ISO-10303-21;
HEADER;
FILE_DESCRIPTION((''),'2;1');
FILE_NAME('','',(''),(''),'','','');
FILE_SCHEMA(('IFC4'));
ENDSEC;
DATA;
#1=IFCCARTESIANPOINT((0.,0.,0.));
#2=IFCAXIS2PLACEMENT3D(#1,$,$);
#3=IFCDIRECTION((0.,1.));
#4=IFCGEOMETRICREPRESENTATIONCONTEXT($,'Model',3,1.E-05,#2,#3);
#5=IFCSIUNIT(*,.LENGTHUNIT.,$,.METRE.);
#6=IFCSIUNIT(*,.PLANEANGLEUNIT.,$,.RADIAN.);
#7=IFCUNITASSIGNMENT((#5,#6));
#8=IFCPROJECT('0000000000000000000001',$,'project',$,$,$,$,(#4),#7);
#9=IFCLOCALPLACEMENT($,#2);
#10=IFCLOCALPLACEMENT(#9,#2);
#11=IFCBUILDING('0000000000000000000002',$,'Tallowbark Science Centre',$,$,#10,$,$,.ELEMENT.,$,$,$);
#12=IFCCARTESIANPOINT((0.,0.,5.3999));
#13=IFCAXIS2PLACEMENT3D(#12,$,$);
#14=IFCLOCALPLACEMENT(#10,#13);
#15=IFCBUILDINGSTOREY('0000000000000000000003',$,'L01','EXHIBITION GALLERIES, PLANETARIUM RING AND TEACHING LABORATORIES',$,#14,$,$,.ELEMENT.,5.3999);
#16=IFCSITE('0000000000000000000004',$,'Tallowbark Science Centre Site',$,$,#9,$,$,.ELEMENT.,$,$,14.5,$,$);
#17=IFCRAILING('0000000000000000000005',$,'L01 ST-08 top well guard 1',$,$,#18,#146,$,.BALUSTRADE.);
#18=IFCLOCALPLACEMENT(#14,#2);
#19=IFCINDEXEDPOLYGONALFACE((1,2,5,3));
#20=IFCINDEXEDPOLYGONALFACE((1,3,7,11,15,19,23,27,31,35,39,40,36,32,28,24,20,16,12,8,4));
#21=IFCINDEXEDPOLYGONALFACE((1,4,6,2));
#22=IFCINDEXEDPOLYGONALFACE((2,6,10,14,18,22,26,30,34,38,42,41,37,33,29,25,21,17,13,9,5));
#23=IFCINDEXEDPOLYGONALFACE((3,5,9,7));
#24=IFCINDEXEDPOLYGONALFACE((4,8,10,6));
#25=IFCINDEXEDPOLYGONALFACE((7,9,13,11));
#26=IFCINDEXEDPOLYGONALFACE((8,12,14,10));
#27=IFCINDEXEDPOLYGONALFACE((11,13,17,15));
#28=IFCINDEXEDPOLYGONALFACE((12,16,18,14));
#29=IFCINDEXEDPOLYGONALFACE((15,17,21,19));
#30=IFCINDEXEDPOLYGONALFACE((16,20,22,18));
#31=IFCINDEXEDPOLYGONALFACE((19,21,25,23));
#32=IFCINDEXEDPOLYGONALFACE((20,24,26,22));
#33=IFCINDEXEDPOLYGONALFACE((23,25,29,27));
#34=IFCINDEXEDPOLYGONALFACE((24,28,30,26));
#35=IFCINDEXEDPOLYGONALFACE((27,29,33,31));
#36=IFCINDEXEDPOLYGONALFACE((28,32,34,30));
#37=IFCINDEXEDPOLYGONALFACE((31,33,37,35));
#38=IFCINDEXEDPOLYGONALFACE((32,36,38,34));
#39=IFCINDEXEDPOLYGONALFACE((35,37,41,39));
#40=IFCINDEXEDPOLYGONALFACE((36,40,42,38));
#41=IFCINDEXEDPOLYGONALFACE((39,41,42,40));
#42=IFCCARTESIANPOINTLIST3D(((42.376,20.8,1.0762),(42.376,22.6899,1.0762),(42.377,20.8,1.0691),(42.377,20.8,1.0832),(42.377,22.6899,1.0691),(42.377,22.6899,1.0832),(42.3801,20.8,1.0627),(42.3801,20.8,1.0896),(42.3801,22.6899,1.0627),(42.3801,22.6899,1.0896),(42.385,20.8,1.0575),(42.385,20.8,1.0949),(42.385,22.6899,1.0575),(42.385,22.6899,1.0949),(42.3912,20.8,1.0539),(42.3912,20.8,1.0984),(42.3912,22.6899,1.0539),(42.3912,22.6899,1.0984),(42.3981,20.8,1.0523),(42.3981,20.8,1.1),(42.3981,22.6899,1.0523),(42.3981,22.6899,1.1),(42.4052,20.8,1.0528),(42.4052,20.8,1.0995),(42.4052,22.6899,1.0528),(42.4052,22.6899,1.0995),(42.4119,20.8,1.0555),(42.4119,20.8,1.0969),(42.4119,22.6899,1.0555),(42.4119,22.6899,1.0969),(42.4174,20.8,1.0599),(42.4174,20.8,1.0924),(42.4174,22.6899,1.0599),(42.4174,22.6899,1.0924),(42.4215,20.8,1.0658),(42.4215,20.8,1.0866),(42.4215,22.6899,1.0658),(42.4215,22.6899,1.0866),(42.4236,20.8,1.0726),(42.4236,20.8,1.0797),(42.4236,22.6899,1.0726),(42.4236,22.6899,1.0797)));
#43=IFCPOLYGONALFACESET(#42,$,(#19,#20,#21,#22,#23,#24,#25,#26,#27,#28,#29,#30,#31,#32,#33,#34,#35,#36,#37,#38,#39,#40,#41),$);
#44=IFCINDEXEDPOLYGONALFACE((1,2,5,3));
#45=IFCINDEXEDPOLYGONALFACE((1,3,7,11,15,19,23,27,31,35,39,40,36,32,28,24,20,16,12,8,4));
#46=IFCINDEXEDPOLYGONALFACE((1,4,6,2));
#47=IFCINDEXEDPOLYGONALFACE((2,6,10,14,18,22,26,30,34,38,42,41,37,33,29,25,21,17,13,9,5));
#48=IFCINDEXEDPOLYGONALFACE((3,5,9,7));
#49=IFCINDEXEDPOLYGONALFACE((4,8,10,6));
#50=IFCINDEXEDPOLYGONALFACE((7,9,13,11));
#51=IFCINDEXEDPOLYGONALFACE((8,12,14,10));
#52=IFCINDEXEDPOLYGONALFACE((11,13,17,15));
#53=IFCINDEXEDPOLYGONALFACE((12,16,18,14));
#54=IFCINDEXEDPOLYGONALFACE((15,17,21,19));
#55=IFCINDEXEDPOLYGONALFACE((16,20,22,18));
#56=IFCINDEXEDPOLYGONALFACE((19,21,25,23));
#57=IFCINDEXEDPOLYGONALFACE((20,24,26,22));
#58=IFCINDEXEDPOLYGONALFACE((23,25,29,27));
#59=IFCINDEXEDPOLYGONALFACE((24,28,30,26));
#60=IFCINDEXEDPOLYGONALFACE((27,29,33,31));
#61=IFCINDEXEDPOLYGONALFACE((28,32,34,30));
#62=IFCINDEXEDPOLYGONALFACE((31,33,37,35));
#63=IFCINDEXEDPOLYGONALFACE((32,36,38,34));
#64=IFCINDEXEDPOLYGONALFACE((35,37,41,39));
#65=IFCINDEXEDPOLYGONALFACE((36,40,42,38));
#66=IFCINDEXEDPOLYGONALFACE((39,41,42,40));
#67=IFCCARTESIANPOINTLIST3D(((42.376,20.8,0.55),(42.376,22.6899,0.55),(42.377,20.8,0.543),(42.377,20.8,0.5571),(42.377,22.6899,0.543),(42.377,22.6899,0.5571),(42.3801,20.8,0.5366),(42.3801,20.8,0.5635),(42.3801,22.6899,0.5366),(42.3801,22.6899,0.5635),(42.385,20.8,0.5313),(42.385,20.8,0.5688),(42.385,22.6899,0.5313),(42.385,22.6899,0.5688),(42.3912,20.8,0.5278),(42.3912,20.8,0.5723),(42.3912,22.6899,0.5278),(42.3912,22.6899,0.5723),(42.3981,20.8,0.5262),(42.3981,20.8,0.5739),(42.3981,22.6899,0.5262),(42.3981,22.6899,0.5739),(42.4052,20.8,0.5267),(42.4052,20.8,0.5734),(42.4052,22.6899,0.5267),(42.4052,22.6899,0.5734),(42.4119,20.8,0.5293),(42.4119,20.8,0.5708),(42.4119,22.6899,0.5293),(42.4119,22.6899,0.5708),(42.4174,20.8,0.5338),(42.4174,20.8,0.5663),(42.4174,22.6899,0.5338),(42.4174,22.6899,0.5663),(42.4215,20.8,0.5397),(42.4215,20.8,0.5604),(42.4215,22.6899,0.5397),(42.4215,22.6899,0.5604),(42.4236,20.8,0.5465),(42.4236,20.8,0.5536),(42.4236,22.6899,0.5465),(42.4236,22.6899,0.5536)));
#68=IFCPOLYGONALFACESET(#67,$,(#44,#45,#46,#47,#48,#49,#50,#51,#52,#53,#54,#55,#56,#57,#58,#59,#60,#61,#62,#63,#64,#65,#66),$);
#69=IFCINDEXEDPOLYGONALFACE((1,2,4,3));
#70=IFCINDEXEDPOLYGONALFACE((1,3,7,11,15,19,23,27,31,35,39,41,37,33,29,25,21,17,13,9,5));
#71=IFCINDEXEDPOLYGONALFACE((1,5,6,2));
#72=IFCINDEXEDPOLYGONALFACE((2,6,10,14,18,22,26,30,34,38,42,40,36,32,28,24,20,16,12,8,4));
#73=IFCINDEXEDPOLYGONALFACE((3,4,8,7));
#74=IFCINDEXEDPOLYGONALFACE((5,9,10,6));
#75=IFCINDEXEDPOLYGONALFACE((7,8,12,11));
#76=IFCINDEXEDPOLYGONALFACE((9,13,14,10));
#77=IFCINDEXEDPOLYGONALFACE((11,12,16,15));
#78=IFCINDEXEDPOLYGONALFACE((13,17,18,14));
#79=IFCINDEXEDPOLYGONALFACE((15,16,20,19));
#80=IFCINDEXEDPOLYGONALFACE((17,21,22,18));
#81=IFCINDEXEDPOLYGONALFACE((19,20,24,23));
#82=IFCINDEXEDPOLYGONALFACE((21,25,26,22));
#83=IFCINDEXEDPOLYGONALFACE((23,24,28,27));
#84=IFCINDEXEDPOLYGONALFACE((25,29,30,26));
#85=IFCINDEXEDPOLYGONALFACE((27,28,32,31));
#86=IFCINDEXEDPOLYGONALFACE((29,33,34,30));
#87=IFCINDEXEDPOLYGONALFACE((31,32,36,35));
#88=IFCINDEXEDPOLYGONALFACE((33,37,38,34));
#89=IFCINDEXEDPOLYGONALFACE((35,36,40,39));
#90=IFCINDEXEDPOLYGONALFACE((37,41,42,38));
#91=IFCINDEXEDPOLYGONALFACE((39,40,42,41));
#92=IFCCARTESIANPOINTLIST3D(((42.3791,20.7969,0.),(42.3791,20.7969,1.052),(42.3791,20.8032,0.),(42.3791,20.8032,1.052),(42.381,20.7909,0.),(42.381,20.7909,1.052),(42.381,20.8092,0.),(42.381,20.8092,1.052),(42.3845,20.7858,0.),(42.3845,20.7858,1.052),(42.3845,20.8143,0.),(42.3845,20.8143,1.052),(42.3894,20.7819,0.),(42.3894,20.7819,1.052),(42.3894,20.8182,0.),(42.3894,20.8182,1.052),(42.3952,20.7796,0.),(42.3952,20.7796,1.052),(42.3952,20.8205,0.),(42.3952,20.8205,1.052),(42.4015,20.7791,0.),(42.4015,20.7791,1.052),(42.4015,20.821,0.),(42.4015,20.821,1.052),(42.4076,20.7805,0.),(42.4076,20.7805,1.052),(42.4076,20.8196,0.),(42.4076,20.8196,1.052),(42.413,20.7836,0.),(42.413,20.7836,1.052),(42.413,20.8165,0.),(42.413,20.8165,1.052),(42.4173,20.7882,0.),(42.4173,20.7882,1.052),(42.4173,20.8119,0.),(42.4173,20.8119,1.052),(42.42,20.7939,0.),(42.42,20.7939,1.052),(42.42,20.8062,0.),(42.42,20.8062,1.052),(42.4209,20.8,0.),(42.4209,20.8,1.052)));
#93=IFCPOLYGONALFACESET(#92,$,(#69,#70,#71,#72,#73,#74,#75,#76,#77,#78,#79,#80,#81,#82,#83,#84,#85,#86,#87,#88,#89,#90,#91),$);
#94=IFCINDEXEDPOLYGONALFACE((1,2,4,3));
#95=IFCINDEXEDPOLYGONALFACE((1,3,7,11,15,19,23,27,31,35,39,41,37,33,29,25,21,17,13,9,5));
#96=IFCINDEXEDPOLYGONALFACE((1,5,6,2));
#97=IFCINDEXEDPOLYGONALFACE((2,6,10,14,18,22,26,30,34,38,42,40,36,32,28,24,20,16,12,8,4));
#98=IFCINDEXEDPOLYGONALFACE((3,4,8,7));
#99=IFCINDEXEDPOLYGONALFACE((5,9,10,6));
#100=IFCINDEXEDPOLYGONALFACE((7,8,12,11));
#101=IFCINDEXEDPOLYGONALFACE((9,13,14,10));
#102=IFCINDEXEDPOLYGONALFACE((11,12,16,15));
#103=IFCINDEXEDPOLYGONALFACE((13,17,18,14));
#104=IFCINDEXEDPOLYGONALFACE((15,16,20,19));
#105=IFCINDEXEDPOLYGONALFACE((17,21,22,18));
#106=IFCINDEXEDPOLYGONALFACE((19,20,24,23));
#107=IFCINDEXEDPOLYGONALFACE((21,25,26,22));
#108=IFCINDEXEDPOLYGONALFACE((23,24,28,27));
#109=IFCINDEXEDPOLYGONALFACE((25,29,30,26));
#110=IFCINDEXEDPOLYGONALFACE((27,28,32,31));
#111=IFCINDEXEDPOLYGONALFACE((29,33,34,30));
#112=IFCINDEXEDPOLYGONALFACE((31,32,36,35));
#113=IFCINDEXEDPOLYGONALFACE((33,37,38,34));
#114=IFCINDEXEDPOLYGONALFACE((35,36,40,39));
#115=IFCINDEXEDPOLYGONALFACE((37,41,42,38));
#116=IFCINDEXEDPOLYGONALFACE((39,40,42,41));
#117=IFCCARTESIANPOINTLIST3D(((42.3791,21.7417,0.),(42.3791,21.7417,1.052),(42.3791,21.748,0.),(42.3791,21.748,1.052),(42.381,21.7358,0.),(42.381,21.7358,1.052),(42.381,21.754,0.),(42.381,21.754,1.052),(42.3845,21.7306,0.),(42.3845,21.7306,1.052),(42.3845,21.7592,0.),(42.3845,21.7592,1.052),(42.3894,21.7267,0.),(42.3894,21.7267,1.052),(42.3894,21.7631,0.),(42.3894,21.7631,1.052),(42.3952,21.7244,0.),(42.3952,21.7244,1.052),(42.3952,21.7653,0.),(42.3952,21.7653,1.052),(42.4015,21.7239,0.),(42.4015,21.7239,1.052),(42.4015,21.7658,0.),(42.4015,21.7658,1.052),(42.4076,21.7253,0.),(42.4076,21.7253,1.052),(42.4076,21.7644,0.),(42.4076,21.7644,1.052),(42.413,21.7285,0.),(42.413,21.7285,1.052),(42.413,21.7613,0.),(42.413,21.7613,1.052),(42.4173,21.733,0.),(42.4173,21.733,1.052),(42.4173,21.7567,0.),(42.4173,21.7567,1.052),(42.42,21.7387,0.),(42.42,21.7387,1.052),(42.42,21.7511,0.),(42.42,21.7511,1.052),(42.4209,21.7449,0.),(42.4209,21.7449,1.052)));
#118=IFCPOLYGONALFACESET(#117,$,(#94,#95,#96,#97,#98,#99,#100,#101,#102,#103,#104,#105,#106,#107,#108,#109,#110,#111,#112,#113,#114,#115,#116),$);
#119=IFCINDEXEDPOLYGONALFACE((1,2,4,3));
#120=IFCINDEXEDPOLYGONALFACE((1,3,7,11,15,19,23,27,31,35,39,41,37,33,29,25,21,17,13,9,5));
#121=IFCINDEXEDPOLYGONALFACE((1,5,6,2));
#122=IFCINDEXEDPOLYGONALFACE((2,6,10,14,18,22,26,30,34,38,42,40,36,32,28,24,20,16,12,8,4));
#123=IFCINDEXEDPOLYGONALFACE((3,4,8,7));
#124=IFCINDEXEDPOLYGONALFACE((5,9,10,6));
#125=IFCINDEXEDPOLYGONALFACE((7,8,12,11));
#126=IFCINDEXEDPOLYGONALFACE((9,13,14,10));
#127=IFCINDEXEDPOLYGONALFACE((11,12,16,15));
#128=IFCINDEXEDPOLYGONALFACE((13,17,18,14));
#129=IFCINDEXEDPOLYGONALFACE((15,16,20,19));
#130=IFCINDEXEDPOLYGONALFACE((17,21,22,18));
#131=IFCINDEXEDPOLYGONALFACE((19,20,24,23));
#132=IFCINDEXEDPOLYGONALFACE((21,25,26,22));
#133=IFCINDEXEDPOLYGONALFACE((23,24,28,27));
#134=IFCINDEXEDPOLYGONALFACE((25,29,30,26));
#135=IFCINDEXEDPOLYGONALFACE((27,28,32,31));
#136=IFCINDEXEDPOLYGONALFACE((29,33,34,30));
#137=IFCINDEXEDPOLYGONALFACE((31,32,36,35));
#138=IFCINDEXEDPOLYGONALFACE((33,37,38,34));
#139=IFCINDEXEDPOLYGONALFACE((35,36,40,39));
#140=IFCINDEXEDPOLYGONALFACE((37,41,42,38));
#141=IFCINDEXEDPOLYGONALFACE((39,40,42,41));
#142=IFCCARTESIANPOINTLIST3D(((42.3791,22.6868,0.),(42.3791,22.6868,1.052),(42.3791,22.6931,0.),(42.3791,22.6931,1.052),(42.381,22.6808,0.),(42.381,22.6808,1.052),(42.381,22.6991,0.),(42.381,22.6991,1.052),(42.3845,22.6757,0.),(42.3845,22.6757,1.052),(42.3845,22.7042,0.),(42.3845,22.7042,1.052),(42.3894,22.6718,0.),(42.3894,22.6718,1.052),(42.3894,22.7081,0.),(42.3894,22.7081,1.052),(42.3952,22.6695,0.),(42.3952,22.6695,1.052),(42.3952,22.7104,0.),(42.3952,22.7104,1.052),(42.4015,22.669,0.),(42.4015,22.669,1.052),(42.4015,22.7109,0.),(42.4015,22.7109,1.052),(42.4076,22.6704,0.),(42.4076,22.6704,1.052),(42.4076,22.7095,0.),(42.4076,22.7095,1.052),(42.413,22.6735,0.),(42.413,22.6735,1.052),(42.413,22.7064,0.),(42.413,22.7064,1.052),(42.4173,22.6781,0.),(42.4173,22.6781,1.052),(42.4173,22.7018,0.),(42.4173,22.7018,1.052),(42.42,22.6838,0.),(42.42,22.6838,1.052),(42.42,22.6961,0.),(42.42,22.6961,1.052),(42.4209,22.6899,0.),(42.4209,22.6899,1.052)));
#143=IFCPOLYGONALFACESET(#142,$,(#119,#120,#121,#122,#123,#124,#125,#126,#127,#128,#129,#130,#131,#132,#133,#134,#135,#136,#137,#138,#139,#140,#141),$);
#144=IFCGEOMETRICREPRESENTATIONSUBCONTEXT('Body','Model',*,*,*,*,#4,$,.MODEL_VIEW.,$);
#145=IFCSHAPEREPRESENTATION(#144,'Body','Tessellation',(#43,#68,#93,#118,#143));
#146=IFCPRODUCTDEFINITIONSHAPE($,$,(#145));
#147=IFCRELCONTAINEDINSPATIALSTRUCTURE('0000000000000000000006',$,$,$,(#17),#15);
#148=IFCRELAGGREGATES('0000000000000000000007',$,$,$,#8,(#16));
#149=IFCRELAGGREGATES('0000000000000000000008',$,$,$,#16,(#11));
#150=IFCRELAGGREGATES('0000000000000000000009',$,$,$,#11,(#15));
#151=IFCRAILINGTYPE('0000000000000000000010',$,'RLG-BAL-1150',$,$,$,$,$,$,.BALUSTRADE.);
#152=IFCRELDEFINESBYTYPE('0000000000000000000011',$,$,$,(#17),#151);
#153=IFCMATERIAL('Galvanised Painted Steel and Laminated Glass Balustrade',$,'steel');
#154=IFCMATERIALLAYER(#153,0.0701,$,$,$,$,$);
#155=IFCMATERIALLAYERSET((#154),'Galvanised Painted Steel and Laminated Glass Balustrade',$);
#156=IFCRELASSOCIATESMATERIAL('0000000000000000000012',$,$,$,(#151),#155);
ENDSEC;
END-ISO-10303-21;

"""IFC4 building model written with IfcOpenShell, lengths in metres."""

from ifc_helpers import new_model, si_unit, direction, frame, origin, origin_2d, place, context, subcontext, project, spatial, circle, extrude, material, layer, layer_set, type_object, element, save


model = new_model("IFC4")

# Units and contexts
model_context = context("Model", 3, precision=1e-05, world=origin(), true_north=direction((0.0, 1.0)))
body_context = subcontext(model_context, "Body", "Model", "MODEL_VIEW")
ifc_project = project(units=[si_unit("LENGTHUNIT", "METRE"), si_unit("PLANEANGLEUNIT", "RADIAN")], contexts=[model_context])

# Site, building, storey
site_placement = place(None, origin())
site = spatial("IfcSite", under=ifc_project, at=site_placement, Name="Tallowbark Science Centre Site", CompositionType="ELEMENT", RefElevation=14.5)
building_placement = place(site_placement, origin())
building = spatial("IfcBuilding", under=site, at=building_placement, Name="Tallowbark Science Centre", CompositionType="ELEMENT")
storey_placement = place(building_placement, frame((0.0, 0.0, 5.3999)))
storey = spatial("IfcBuildingStorey", under=building, at=storey_placement, Name="L01", Description="EXHIBITION GALLERIES, PLANETARIUM RING AND TEACHING LABORATORIES", CompositionType="ELEMENT", Elevation=5.3999)

# Railing
ifc_material_1 = material(Name="Galvanised Painted Steel and Laminated Glass Balustrade", Category="steel")
ifc_layer_1 = layer(ifc_material_1, 0.0701)
ifc_layer_set_1 = layer_set([ifc_layer_1], Name="Galvanised Painted Steel and Laminated Glass Balustrade")
railing_type = type_object("IfcRailingType", Name="RLG-BAL-1150", PredefinedType="BALUSTRADE", material=ifc_layer_set_1)
railing_1_placement = place(storey_placement, frame((42.3999, 20.8, 0.0)))
element("IfcRailing", 1, at=railing_1_placement, inside=storey, type_object=railing_type, Name="L01 ST-08 top well guard 1", PredefinedType="BALUSTRADE", context=body_context, shape_type="SweptSolid", body=[
    extrude(circle(Radius=0.0239, at=origin_2d()), frame((0.0, 0.0, 1.0762), z_axis=(0.0, 1.0, 0.0), x_axis=(-1.0, 0.0, 0.0)), (0.0, 0.0, 1.0), 1.8899),
    extrude(circle(Radius=0.0239, at=origin_2d()), frame((0.0, 0.0, 0.55), z_axis=(0.0, 1.0, 0.0), x_axis=(-1.0, 0.0, 0.0)), (0.0, 0.0, 1.0), 1.8899),
    extrude(circle(Radius=0.021, at=origin_2d()), origin(), (0.0, 0.0, 1.0), 1.052),
    extrude(circle(Radius=0.021, at=origin_2d()), frame((0.0, 0.9448, 0.0)), (0.0, 0.0, 1.0), 1.052),
    extrude(circle(Radius=0.021, at=origin_2d()), frame((0.0, 1.8899, 0.0)), (0.0, 0.0, 1.0), 1.052),
])

save(model, "model.ifc")
